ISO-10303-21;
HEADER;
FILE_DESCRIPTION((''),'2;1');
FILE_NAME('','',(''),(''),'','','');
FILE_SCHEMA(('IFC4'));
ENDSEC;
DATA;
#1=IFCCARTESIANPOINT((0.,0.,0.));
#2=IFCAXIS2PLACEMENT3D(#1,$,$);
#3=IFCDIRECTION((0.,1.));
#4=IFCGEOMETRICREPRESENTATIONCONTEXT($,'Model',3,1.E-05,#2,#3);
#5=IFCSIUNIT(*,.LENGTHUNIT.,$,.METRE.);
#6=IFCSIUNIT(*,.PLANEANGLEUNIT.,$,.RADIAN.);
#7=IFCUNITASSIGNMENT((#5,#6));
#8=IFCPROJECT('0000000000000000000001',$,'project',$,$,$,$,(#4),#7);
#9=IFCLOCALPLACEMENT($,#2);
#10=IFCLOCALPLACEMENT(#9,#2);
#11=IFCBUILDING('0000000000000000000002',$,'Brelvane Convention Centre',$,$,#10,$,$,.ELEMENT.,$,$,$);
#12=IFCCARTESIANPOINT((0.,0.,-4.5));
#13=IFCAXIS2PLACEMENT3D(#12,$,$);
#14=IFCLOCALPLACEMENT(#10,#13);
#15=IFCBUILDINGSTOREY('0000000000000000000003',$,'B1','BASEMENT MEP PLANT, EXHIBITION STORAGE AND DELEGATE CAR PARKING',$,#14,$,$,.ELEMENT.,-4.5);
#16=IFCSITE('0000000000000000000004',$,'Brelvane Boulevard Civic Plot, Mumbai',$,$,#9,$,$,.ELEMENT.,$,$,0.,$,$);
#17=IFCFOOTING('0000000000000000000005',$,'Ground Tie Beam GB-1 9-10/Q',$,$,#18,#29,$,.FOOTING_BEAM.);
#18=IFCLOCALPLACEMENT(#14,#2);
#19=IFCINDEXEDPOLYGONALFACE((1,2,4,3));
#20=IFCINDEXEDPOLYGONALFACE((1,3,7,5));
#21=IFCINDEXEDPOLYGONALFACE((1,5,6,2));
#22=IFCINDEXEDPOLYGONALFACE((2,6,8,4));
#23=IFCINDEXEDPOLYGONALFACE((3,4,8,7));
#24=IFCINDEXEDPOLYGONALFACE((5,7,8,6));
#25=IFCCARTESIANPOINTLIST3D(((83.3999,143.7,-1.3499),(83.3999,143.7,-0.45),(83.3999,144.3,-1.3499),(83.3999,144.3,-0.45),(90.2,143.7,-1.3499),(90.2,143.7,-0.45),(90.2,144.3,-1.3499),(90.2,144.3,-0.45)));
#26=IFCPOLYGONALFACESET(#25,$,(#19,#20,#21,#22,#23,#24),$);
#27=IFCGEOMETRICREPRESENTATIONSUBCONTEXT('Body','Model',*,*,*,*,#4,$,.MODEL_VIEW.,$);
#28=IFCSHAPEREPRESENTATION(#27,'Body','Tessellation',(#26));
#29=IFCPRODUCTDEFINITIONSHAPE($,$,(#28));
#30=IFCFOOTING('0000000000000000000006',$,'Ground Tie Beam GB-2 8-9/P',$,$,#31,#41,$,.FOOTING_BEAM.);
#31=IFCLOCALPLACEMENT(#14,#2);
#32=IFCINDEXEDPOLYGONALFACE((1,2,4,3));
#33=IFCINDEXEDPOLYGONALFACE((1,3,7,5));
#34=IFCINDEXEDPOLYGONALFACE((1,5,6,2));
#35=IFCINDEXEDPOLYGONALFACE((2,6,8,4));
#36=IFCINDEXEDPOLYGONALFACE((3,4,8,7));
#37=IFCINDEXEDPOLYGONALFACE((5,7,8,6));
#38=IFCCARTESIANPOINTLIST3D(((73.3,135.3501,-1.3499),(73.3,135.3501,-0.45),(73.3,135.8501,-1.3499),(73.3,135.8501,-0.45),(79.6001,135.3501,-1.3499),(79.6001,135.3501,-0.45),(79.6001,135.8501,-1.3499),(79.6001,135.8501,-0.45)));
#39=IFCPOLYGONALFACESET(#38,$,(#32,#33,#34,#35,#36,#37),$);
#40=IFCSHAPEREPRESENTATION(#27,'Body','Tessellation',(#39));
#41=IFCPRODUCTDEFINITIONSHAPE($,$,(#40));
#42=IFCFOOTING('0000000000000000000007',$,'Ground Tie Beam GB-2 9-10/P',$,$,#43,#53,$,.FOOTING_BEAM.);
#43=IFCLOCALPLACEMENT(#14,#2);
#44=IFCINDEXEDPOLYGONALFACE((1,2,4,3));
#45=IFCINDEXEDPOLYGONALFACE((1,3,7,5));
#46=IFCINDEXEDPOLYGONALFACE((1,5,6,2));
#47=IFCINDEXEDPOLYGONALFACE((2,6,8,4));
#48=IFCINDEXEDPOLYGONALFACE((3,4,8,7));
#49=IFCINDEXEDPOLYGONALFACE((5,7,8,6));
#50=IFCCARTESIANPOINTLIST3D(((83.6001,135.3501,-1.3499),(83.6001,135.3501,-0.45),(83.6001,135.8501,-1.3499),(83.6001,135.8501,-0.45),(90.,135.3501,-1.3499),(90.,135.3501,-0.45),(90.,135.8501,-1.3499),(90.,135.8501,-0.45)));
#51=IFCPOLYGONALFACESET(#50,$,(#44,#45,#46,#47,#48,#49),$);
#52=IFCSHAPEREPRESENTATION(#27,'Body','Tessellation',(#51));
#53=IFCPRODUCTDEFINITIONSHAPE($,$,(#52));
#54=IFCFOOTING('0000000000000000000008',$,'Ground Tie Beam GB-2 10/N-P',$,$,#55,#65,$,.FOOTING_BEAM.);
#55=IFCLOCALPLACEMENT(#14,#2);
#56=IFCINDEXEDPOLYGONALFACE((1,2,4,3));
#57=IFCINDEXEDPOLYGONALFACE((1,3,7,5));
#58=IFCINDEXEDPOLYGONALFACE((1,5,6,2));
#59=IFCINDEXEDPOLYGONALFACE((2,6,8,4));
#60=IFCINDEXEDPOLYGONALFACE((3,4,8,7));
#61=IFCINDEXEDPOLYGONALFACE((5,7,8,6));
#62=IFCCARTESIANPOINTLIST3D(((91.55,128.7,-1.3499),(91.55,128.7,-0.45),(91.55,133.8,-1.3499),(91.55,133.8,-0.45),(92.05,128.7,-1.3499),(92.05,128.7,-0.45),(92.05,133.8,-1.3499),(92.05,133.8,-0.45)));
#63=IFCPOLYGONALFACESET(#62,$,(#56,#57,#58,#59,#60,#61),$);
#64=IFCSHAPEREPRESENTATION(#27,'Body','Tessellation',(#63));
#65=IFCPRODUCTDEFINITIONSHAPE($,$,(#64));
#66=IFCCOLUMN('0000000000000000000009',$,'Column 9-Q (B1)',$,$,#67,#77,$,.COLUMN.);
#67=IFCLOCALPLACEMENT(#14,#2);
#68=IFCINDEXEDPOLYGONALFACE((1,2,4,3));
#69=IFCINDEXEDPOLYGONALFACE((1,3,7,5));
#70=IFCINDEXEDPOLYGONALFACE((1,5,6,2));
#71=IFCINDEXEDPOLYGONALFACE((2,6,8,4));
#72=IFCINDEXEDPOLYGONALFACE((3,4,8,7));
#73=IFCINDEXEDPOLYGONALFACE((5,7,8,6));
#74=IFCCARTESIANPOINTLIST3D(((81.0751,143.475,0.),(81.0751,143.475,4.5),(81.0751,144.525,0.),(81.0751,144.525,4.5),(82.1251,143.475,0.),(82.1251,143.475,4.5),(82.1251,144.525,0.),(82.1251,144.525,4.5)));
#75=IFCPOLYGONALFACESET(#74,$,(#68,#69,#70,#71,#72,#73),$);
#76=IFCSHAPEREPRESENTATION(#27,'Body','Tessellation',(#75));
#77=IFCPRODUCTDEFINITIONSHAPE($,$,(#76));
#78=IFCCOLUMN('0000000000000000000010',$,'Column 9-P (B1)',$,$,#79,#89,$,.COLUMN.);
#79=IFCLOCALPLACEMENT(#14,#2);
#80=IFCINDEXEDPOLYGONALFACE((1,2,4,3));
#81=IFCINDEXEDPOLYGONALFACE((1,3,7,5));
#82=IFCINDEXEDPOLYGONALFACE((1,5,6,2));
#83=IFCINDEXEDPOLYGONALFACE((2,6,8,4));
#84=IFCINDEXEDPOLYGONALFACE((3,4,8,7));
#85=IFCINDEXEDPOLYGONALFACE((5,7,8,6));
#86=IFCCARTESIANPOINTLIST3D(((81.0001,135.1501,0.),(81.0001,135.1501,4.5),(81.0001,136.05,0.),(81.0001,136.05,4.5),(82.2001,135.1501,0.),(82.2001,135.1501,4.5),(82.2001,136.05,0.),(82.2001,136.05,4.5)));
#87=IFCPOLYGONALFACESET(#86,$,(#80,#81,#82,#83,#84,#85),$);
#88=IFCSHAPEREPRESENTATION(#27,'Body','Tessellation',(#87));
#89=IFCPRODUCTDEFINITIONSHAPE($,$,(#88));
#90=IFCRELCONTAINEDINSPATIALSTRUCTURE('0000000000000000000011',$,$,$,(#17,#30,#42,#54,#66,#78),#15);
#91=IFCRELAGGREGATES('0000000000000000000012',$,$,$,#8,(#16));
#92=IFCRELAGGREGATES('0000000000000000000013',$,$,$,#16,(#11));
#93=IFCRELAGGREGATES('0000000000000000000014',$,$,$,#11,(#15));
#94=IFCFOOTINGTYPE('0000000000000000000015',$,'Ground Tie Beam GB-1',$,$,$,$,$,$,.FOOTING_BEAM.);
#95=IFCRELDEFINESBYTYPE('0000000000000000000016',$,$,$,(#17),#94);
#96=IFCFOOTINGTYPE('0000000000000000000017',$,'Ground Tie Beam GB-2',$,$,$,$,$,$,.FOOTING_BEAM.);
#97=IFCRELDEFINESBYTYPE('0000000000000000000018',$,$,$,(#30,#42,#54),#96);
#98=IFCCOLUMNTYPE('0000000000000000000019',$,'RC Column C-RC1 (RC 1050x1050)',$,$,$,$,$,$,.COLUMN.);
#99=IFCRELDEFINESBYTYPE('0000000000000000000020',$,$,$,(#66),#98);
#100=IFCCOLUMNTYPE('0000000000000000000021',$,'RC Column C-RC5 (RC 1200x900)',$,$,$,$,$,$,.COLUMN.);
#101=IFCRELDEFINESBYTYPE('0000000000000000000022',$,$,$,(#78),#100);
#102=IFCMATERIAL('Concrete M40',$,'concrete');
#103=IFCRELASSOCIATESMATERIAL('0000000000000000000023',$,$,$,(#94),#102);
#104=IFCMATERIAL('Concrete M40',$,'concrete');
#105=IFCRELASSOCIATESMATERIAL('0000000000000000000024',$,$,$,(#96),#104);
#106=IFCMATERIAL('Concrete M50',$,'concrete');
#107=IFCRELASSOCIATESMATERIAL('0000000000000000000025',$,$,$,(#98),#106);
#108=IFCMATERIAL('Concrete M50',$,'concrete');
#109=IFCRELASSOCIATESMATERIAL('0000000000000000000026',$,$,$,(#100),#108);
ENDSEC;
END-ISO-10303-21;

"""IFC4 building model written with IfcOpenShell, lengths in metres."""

from ifc_helpers import new_model, si_unit, direction, frame, origin, origin_2d, place, context, subcontext, project, spatial, rectangle, extrude, material, material_profile, profile_set, type_object, element, save


model = new_model("IFC4")

# Units and contexts
model_context = context("Model", 3, precision=1e-05, world=origin(), true_north=direction((0.0, 1.0)))
body_context = subcontext(model_context, "Body", "Model", "MODEL_VIEW")
ifc_project = project(units=[si_unit("LENGTHUNIT", "METRE"), si_unit("PLANEANGLEUNIT", "RADIAN")], contexts=[model_context])

# Site, building, storey
site_placement = place(None, origin())
site = spatial("IfcSite", under=ifc_project, at=site_placement, Name="Brelvane Boulevard Civic Plot, Mumbai", CompositionType="ELEMENT", RefElevation=0.0)
building_placement = place(site_placement, origin())
building = spatial("IfcBuilding", under=site, at=building_placement, Name="Brelvane Convention Centre", CompositionType="ELEMENT")
storey_placement = place(building_placement, frame((0.0, 0.0, -4.5)))
storey = spatial("IfcBuildingStorey", under=building, at=storey_placement, Name="B1", Description="BASEMENT MEP PLANT, EXHIBITION STORAGE AND DELEGATE CAR PARKING", CompositionType="ELEMENT", Elevation=-4.5)

# Footings
ifc_material_1 = material(Name="Concrete M40", Category="concrete")
ifc_material_profile_1 = material_profile(ifc_material_1, rectangle(XDim=0.6001, YDim=0.8999, at=origin_2d()), Name="RC 600x900")
ifc_profile_set_1 = profile_set([ifc_material_profile_1], Name="Concrete M40")
footing_type_1 = type_object("IfcFootingType", Name="Ground Tie Beam GB-1", PredefinedType="FOOTING_BEAM", material=ifc_profile_set_1)
footing_1_placement = place(storey_placement, frame((83.3999, 144.0, -0.8999), z_axis=(1.0, 0.0, 0.0), x_axis=(0.0, 1.0, 0.0)))
element("IfcFooting", 1, at=footing_1_placement, inside=storey, type_object=footing_type_1, Name="Ground Tie Beam GB-1 9-10/Q", PredefinedType="FOOTING_BEAM", context=body_context, shape_type="SweptSolid", body=[
    extrude(rectangle(XDim=0.6001, YDim=0.8999, at=origin_2d()), origin(), (0.0, 0.0, 1.0), 6.8),
])
ifc_material_2 = material(Name="Concrete M40", Category="concrete")
ifc_material_profile_2 = material_profile(ifc_material_2, rectangle(XDim=0.5, YDim=0.8999, at=origin_2d()), Name="RC 500x900")
ifc_profile_set_2 = profile_set([ifc_material_profile_2], Name="Concrete M40")
footing_type_2 = type_object("IfcFootingType", Name="Ground Tie Beam GB-2", PredefinedType="FOOTING_BEAM", material=ifc_profile_set_2)
footing_2_placement = place(storey_placement, frame((73.3, 135.6001, -0.8999), z_axis=(1.0, 0.0, 0.0), x_axis=(0.0, 1.0, 0.0)))
element("IfcFooting", 2, at=footing_2_placement, inside=storey, type_object=footing_type_2, Name="Ground Tie Beam GB-2 8-9/P", PredefinedType="FOOTING_BEAM", context=body_context, shape_type="SweptSolid", body=[
    extrude(rectangle(XDim=0.5, YDim=0.8999, at=origin_2d()), origin(), (0.0, 0.0, 1.0), 6.3),
])
footing_3_placement = place(storey_placement, frame((83.6001, 135.6001, -0.8999), z_axis=(1.0, 0.0, 0.0), x_axis=(0.0, 1.0, 0.0)))
element("IfcFooting", 3, at=footing_3_placement, inside=storey, type_object=footing_type_2, Name="Ground Tie Beam GB-2 9-10/P", PredefinedType="FOOTING_BEAM", context=body_context, shape_type="SweptSolid", body=[
    extrude(rectangle(XDim=0.5, YDim=0.8999, at=origin_2d()), origin(), (0.0, 0.0, 1.0), 6.3999),
])
footing_4_placement = place(storey_placement, frame((91.8, 128.7, -0.8999), z_axis=(0.0, 1.0, 0.0), x_axis=(-1.0, 0.0, 0.0)))
element("IfcFooting", 4, at=footing_4_placement, inside=storey, type_object=footing_type_2, Name="Ground Tie Beam GB-2 10/N-P", PredefinedType="FOOTING_BEAM", context=body_context, shape_type="SweptSolid", body=[
    extrude(rectangle(XDim=0.5, YDim=0.8999, at=origin_2d()), origin(), (0.0, 0.0, 1.0), 5.1001),
])

# Columns
ifc_material_3 = material(Name="Concrete M50", Category="concrete")
ifc_material_profile_3 = material_profile(ifc_material_3, rectangle(XDim=1.05, YDim=1.05, at=origin_2d()), Name="RC 1050x1050")
ifc_profile_set_3 = profile_set([ifc_material_profile_3], Name="Concrete M50")
column_type_1 = type_object("IfcColumnType", Name="RC Column C-RC1 (RC 1050x1050)", PredefinedType="COLUMN", material=ifc_profile_set_3)
column_1_placement = place(storey_placement, frame((81.6001, 144.0, 0.0), z_axis=(0.0, 0.0, 1.0), x_axis=(1.0, 0.0, 0.0)))
element("IfcColumn", 5, at=column_1_placement, inside=storey, type_object=column_type_1, Name="Column 9-Q (B1)", PredefinedType="COLUMN", context=body_context, shape_type="SweptSolid", body=[
    extrude(rectangle(XDim=1.05, YDim=1.05, at=origin_2d()), origin(), (0.0, 0.0, 1.0), 4.5),
])
ifc_material_4 = material(Name="Concrete M50", Category="concrete")
ifc_material_profile_4 = material_profile(ifc_material_4, rectangle(XDim=1.2, YDim=0.8999, at=origin_2d()), Name="RC 1200x900")
ifc_profile_set_4 = profile_set([ifc_material_profile_4], Name="Concrete M50")
column_type_2 = type_object("IfcColumnType", Name="RC Column C-RC5 (RC 1200x900)", PredefinedType="COLUMN", material=ifc_profile_set_4)
column_2_placement = place(storey_placement, frame((81.6001, 135.6001, 0.0), z_axis=(0.0, 0.0, 1.0), x_axis=(1.0, 0.0, 0.0)))
element("IfcColumn", 6, at=column_2_placement, inside=storey, type_object=column_type_2, Name="Column 9-P (B1)", PredefinedType="COLUMN", context=body_context, shape_type="SweptSolid", body=[
    extrude(rectangle(XDim=1.2, YDim=0.8999, at=origin_2d()), origin(), (0.0, 0.0, 1.0), 4.5),
])

save(model, "model.ifc")
